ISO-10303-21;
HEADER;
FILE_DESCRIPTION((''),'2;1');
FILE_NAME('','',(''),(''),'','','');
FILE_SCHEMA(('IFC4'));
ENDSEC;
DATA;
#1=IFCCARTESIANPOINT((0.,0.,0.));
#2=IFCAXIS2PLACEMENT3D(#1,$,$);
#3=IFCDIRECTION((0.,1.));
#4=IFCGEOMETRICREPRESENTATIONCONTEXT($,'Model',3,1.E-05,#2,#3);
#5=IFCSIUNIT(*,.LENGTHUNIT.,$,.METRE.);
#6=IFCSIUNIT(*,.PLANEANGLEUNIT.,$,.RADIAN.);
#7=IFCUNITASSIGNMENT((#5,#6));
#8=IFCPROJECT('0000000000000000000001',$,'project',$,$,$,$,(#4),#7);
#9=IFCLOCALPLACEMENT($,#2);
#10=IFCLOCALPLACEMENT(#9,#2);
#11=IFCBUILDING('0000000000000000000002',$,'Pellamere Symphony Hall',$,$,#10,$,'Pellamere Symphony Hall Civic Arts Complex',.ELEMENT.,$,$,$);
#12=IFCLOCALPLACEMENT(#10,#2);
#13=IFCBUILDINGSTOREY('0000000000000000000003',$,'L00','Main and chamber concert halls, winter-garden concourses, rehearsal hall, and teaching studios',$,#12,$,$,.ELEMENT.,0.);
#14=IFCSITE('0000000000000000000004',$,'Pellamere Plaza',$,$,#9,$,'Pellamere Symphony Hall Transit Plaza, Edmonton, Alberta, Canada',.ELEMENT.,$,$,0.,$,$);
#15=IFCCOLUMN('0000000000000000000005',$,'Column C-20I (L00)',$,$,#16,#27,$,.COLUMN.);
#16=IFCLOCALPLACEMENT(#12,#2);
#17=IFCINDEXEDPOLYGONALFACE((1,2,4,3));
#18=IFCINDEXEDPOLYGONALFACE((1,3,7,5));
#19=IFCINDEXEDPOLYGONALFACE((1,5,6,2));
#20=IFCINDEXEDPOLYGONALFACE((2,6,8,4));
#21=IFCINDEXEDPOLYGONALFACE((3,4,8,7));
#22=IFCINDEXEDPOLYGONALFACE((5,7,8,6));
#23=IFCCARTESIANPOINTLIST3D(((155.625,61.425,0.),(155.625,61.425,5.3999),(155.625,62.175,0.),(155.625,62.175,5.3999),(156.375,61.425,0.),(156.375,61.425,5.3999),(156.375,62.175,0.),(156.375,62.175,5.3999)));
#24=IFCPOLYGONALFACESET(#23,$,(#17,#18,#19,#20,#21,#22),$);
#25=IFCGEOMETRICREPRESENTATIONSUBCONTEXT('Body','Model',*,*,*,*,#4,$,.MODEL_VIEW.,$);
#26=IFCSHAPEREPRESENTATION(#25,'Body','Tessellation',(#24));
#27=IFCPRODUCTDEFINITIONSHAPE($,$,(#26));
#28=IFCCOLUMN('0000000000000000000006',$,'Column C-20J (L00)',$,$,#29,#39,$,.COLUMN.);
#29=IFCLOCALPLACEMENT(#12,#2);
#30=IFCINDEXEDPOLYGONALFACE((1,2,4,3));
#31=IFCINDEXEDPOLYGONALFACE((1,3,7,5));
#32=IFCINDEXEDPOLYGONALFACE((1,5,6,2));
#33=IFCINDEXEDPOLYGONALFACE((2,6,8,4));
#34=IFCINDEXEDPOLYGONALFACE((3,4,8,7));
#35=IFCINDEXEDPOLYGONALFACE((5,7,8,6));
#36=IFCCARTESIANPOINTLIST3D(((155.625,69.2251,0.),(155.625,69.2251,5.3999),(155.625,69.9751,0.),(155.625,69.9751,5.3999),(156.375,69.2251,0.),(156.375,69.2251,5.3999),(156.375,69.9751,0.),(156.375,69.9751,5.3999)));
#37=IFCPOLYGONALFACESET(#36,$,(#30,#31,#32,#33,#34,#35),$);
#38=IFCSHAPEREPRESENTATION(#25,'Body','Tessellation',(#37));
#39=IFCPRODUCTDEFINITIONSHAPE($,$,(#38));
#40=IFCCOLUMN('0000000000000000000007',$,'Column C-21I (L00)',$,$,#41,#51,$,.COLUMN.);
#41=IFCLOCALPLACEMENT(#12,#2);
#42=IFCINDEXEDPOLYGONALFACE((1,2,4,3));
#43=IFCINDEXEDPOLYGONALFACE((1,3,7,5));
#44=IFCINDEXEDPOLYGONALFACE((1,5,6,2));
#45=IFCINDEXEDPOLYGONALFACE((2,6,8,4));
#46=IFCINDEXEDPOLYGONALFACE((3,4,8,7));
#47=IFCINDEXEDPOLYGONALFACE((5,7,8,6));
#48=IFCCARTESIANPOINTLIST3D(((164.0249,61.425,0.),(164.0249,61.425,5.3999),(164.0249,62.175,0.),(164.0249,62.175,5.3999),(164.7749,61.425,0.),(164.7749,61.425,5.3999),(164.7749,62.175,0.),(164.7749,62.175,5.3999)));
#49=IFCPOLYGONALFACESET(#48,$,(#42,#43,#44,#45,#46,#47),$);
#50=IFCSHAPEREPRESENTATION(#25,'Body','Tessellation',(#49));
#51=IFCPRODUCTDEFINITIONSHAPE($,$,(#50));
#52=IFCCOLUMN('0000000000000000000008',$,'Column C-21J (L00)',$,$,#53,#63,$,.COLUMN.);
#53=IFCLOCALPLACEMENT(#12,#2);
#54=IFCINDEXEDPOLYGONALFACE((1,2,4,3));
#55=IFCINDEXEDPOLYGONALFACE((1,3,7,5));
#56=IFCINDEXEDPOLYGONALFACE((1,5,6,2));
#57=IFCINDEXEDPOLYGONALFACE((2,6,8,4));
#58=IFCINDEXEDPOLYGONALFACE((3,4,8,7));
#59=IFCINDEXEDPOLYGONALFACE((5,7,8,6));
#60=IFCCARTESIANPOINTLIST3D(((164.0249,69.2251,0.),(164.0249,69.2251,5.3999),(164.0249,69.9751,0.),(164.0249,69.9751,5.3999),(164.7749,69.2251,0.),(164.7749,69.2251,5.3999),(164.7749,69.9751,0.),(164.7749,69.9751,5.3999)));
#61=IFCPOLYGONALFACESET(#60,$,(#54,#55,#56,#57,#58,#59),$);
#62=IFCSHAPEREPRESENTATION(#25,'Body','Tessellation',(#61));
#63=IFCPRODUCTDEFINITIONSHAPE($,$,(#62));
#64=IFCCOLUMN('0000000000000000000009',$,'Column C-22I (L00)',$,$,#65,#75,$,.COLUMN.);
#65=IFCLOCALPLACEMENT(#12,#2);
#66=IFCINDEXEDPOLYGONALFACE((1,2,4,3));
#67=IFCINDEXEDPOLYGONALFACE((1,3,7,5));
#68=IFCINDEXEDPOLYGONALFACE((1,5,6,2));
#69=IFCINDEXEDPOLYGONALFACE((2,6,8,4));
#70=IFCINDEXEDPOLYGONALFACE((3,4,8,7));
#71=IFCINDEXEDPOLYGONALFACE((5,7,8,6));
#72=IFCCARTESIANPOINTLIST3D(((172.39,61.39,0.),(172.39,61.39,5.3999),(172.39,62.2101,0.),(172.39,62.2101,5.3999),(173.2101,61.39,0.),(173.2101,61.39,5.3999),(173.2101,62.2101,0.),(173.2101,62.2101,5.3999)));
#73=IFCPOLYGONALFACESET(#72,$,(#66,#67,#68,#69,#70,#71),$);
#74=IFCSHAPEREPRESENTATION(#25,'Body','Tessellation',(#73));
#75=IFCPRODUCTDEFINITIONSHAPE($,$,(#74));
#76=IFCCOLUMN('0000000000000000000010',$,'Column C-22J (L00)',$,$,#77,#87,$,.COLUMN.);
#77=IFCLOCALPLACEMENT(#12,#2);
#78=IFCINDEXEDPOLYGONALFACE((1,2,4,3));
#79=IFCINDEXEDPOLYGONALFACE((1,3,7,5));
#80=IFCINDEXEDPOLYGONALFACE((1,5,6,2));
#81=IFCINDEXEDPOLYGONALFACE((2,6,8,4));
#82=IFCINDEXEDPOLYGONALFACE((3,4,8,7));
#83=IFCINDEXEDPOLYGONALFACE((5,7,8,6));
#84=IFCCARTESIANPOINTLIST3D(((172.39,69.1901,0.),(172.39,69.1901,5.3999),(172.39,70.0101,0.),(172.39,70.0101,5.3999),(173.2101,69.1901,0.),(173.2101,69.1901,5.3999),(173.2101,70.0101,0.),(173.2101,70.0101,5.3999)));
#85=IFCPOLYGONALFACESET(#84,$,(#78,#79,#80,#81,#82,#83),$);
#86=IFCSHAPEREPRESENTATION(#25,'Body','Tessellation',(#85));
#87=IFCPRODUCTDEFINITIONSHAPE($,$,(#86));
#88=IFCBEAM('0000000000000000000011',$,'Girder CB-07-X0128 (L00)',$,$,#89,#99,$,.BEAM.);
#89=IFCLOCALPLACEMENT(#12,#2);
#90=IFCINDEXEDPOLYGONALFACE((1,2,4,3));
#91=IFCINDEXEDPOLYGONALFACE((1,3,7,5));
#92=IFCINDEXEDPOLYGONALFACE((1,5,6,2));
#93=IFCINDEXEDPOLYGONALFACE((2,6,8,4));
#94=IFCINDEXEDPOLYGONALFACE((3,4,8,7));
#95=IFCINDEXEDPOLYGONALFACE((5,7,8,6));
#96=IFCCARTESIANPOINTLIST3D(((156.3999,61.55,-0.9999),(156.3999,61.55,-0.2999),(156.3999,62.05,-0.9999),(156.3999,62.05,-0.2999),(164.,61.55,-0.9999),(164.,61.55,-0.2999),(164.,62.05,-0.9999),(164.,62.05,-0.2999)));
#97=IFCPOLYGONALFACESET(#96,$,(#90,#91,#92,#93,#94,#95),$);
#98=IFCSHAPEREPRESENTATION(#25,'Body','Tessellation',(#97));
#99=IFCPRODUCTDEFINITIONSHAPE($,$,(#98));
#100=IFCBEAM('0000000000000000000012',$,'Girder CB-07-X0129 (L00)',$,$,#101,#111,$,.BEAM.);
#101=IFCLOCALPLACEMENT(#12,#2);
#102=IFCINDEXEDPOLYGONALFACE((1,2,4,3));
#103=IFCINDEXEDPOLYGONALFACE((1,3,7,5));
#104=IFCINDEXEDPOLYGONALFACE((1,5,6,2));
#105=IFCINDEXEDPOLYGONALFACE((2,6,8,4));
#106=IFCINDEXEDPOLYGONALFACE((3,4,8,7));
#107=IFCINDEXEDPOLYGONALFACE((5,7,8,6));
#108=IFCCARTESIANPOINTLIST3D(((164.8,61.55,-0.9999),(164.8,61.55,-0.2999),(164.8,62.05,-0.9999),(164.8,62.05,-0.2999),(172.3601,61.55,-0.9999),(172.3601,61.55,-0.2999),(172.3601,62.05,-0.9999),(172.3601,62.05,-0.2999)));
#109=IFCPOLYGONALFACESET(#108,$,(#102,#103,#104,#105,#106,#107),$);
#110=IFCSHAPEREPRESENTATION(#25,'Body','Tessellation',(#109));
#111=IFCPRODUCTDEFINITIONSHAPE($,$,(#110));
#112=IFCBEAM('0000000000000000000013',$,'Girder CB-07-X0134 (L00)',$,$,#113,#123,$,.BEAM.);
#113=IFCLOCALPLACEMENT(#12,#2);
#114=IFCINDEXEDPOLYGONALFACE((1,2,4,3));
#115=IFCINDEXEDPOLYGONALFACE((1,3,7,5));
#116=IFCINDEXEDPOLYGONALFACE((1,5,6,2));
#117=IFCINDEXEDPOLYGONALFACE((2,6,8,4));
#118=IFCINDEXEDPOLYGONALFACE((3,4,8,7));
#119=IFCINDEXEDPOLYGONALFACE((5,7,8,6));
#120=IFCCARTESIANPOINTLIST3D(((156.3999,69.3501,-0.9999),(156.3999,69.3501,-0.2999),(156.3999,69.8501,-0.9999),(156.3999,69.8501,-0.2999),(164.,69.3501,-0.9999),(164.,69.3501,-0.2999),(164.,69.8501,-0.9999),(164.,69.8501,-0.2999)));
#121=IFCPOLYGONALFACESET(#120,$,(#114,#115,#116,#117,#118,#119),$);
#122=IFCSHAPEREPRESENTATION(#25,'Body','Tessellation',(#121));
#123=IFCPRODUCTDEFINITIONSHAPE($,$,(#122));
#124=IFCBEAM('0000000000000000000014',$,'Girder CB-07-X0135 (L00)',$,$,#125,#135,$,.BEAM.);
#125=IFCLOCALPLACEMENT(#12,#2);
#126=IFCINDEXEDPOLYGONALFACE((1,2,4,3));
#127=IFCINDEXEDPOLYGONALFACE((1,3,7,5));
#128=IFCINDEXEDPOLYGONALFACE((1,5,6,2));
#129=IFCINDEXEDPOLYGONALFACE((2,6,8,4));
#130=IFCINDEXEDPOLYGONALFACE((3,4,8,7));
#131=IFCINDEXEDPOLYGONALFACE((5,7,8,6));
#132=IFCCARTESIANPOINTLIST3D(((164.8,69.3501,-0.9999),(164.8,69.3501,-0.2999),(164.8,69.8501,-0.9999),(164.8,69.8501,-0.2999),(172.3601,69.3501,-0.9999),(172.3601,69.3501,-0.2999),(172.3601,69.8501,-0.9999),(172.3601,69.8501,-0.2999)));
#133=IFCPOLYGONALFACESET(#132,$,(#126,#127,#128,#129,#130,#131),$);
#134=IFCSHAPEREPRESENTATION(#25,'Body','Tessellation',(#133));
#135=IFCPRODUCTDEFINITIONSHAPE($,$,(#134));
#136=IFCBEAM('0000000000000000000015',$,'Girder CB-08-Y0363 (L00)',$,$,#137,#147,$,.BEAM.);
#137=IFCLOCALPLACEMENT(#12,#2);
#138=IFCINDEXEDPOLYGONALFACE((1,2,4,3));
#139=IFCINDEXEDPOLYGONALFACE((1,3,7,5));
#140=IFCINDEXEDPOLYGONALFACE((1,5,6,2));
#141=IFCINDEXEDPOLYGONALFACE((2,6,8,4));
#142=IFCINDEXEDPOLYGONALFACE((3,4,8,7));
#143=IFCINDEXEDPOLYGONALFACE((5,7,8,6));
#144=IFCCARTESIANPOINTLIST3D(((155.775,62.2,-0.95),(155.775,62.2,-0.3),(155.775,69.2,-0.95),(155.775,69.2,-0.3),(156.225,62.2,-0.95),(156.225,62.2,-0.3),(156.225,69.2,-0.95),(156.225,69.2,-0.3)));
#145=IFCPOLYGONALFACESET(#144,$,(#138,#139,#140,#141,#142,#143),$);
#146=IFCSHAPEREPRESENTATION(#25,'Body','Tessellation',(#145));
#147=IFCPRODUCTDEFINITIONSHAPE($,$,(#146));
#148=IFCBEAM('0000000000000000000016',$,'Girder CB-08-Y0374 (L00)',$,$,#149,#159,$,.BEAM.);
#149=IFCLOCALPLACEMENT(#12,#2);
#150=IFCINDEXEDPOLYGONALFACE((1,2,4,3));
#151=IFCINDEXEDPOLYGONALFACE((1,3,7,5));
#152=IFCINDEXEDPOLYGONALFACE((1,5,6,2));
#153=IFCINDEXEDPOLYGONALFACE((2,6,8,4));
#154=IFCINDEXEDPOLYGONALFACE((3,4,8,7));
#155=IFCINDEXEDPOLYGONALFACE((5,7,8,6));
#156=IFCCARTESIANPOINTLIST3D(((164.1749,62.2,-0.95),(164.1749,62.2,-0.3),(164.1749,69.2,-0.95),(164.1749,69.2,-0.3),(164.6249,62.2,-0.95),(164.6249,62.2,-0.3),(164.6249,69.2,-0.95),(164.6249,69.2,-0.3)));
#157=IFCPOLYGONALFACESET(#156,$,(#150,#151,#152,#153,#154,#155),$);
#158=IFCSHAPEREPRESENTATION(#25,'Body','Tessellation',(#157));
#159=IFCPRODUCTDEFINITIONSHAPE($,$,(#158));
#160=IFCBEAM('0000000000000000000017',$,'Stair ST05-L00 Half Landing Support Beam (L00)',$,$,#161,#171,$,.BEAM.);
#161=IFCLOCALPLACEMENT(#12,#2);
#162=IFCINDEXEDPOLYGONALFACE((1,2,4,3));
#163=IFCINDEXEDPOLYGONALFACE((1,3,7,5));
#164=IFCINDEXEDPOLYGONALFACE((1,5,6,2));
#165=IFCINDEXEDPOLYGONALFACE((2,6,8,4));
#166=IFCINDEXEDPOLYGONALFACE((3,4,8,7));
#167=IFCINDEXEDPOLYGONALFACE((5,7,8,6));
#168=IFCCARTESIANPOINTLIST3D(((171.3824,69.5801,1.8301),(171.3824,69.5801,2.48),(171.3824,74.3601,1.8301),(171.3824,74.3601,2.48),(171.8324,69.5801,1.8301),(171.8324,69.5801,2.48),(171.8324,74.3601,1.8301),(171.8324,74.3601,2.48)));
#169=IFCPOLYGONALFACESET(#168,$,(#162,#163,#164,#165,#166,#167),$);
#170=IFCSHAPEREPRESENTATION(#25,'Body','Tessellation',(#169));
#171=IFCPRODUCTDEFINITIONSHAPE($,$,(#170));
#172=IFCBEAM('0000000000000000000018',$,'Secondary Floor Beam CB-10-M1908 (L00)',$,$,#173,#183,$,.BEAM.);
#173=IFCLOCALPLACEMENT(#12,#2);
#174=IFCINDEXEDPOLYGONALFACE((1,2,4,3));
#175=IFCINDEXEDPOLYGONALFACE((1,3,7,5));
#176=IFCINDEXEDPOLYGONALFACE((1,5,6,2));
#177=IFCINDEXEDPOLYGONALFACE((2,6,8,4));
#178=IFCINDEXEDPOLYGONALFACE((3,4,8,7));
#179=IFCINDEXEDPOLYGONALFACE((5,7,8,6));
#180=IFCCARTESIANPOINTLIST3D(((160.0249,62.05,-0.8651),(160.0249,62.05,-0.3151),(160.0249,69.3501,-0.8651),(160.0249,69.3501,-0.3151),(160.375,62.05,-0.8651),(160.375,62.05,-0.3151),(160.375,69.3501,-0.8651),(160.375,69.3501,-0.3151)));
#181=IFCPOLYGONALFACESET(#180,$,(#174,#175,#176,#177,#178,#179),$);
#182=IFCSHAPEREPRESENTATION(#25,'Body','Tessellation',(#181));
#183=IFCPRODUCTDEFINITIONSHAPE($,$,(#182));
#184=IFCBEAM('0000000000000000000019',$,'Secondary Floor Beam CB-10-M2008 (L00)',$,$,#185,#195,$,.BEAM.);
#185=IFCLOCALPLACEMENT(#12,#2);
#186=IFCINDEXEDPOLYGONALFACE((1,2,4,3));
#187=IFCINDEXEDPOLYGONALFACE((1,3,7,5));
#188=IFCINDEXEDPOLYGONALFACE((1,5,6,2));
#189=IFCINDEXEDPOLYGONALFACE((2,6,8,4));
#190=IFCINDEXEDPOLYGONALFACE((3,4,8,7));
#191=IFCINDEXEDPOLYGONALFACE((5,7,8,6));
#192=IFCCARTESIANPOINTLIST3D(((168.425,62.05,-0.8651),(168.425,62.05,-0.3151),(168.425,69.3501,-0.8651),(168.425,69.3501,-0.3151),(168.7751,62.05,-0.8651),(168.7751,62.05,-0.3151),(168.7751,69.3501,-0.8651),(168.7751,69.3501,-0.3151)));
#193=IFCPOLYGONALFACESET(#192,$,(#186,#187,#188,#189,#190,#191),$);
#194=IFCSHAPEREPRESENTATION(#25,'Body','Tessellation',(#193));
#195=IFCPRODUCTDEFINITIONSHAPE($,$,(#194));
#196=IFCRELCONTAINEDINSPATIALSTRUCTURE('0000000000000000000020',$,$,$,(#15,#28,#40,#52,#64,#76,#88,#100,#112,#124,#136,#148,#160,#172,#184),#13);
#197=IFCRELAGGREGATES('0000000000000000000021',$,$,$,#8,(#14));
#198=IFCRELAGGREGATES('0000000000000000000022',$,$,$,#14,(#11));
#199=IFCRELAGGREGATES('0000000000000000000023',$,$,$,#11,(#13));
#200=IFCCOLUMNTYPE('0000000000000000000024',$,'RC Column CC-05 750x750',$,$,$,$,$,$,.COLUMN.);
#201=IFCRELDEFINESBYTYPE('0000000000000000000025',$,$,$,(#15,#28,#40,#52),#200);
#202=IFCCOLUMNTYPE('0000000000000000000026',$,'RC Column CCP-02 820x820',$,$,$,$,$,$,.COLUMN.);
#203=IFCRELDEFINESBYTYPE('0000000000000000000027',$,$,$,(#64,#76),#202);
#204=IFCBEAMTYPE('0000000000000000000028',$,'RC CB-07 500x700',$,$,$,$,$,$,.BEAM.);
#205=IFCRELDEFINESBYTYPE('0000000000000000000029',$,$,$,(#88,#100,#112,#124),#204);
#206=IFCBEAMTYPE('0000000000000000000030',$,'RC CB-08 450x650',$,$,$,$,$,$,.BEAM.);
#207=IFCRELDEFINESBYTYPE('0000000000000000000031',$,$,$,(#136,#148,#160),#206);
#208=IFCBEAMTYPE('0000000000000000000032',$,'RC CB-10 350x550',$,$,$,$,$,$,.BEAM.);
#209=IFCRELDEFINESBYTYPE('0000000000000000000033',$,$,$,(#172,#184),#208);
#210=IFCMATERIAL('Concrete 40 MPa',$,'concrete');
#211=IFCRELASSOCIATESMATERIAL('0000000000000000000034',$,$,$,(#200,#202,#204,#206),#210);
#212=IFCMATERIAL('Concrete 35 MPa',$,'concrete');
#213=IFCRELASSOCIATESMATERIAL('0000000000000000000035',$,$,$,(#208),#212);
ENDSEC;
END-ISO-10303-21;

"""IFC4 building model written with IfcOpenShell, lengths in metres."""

from ifc_helpers import new_model, si_unit, direction, frame, origin, origin_2d, place, context, subcontext, project, spatial, rectangle, extrude, material, material_profile, profile_set, type_object, element, save


model = new_model("IFC4")

# Units and contexts
model_context = context("Model", 3, precision=1e-05, world=origin(), true_north=direction((0.0, 1.0)))
body_context = subcontext(model_context, "Body", "Model", "MODEL_VIEW")
ifc_project = project(units=[si_unit("LENGTHUNIT", "METRE"), si_unit("PLANEANGLEUNIT", "RADIAN")], contexts=[model_context])

# Site, building, storey
site_placement = place(None, origin())
site = spatial("IfcSite", under=ifc_project, at=site_placement, Name="Pellamere Plaza", LongName="Pellamere Symphony Hall Transit Plaza, Edmonton, Alberta, Canada", CompositionType="ELEMENT", RefElevation=0.0)
building_placement = place(site_placement, origin())
building = spatial("IfcBuilding", under=site, at=building_placement, Name="Pellamere Symphony Hall", LongName="Pellamere Symphony Hall Civic Arts Complex", CompositionType="ELEMENT")
storey_placement = place(building_placement, origin())
storey = spatial("IfcBuildingStorey", under=building, at=storey_placement, Name="L00", Description="Main and chamber concert halls, winter-garden concourses, rehearsal hall, and teaching studios", CompositionType="ELEMENT", Elevation=0.0)

# Columns
ifc_material_1 = material(Name="Concrete 40 MPa", Category="concrete")
ifc_material_profile_1 = material_profile(ifc_material_1, rectangle(XDim=0.75, YDim=0.75, at=origin_2d()), Name="RC 750x750")
ifc_profile_set_1 = profile_set([ifc_material_profile_1], Name="Concrete 40 MPa")
column_type_1 = type_object("IfcColumnType", Name="RC Column CC-05 750x750", PredefinedType="COLUMN", material=ifc_profile_set_1)
for number, where, z_axis, x_axis, name in (
    (1, (156.0, 61.8, 0.0), (0.0, 0.0, 1.0), (1.0, 0.0, 0.0), "Column C-20I (L00)"),
    (2, (156.0, 69.6001, 0.0), (0.0, 0.0, 1.0), (1.0, 0.0, 0.0), "Column C-20J (L00)"),
    (3, (164.3999, 61.8, 0.0), (0.0, 0.0, 1.0), (1.0, 0.0, 0.0), "Column C-21I (L00)"),
    (4, (164.3999, 69.6001, 0.0), (0.0, 0.0, 1.0), (1.0, 0.0, 0.0), "Column C-21J (L00)"),
):
    element("IfcColumn", number, at=place(storey_placement, frame(where, z_axis=z_axis, x_axis=x_axis)), inside=storey, type_object=column_type_1, Name=name, PredefinedType="COLUMN", context=body_context, shape_type="SweptSolid", body=[
        extrude(rectangle(XDim=0.75, YDim=0.75, at=origin_2d()), origin(), (0.0, 0.0, 1.0), 5.3999),
    ])
ifc_material_profile_2 = material_profile(ifc_material_1, rectangle(XDim=0.8201, YDim=0.8201, at=origin_2d()), Name="RC 820x820")
ifc_profile_set_2 = profile_set([ifc_material_profile_2], Name="Concrete 40 MPa")
column_type_2 = type_object("IfcColumnType", Name="RC Column CCP-02 820x820", PredefinedType="COLUMN", material=ifc_profile_set_2)
for number, where, z_axis, x_axis, name in (
    (5, (172.8, 61.8, 0.0), (0.0, 0.0, 1.0), (1.0, 0.0, 0.0), "Column C-22I (L00)"),
    (6, (172.8, 69.6001, 0.0), (0.0, 0.0, 1.0), (1.0, 0.0, 0.0), "Column C-22J (L00)"),
):
    element("IfcColumn", number, at=place(storey_placement, frame(where, z_axis=z_axis, x_axis=x_axis)), inside=storey, type_object=column_type_2, Name=name, PredefinedType="COLUMN", context=body_context, shape_type="SweptSolid", body=[
        extrude(rectangle(XDim=0.8201, YDim=0.8201, at=origin_2d()), origin(), (0.0, 0.0, 1.0), 5.3999),
    ])

# Beams
ifc_material_profile_3 = material_profile(ifc_material_1, rectangle(XDim=0.5, YDim=0.7, at=origin_2d()), Name="RC 500x700")
ifc_profile_set_3 = profile_set([ifc_material_profile_3], Name="Concrete 40 MPa")
beam_type_1 = type_object("IfcBeamType", Name="RC CB-07 500x700", PredefinedType="BEAM", material=ifc_profile_set_3)
beam_1_placement = place(storey_placement, frame((156.3999, 61.8, -0.6499), z_axis=(1.0, 0.0, 0.0), x_axis=(0.0, 1.0, 0.0)))
element("IfcBeam", 7, at=beam_1_placement, inside=storey, type_object=beam_type_1, Name="Girder CB-07-X0128 (L00)", PredefinedType="BEAM", context=body_context, shape_type="SweptSolid", body=[
    extrude(rectangle(XDim=0.5, YDim=0.7, at=origin_2d()), origin(), (0.0, 0.0, 1.0), 7.6001),
])
beam_2_placement = place(storey_placement, frame((164.8, 61.8, -0.6499), z_axis=(1.0, 0.0, 0.0), x_axis=(0.0, 1.0, 0.0)))
element("IfcBeam", 8, at=beam_2_placement, inside=storey, type_object=beam_type_1, Name="Girder CB-07-X0129 (L00)", PredefinedType="BEAM", context=body_context, shape_type="SweptSolid", body=[
    extrude(rectangle(XDim=0.5, YDim=0.7, at=origin_2d()), origin(), (0.0, 0.0, 1.0), 7.5601),
])
beam_3_placement = place(storey_placement, frame((156.3999, 69.6001, -0.6499), z_axis=(1.0, 0.0, 0.0), x_axis=(0.0, 1.0, 0.0)))
element("IfcBeam", 9, at=beam_3_placement, inside=storey, type_object=beam_type_1, Name="Girder CB-07-X0134 (L00)", PredefinedType="BEAM", context=body_context, shape_type="SweptSolid", body=[
    extrude(rectangle(XDim=0.5, YDim=0.7, at=origin_2d()), origin(), (0.0, 0.0, 1.0), 7.6001),
])
beam_4_placement = place(storey_placement, frame((164.8, 69.6001, -0.6499), z_axis=(1.0, 0.0, 0.0), x_axis=(0.0, 1.0, 0.0)))
element("IfcBeam", 10, at=beam_4_placement, inside=storey, type_object=beam_type_1, Name="Girder CB-07-X0135 (L00)", PredefinedType="BEAM", context=body_context, shape_type="SweptSolid", body=[
    extrude(rectangle(XDim=0.5, YDim=0.7, at=origin_2d()), origin(), (0.0, 0.0, 1.0), 7.5601),
])
ifc_material_profile_4 = material_profile(ifc_material_1, rectangle(XDim=0.45, YDim=0.6499, at=origin_2d()), Name="RC 450x650")
ifc_profile_set_4 = profile_set([ifc_material_profile_4], Name="Concrete 40 MPa")
beam_type_2 = type_object("IfcBeamType", Name="RC CB-08 450x650", PredefinedType="BEAM", material=ifc_profile_set_4)
for number, where, z_axis, x_axis, name in (
    (11, (156.0, 62.2, -0.625), (0.0, 1.0, 0.0), (-1.0, 0.0, 0.0), "Girder CB-08-Y0363 (L00)"),
    (12, (164.3999, 62.2, -0.625), (0.0, 1.0, 0.0), (-1.0, 0.0, 0.0), "Girder CB-08-Y0374 (L00)"),
):
    element("IfcBeam", number, at=place(storey_placement, frame(where, z_axis=z_axis, x_axis=x_axis)), inside=storey, type_object=beam_type_2, Name=name, PredefinedType="BEAM", context=body_context, shape_type="SweptSolid", body=[
        extrude(rectangle(XDim=0.45, YDim=0.6499, at=origin_2d()), origin(), (0.0, 0.0, 1.0), 7.0),
    ])
beam_5_placement = place(storey_placement, frame((171.6074, 69.5801, 2.155), z_axis=(0.0, 1.0, 0.0), x_axis=(-1.0, 0.0, 0.0)))
element("IfcBeam", 13, at=beam_5_placement, inside=storey, type_object=beam_type_2, Name="Stair ST05-L00 Half Landing Support Beam (L00)", PredefinedType="BEAM", context=body_context, shape_type="SweptSolid", body=[
    extrude(rectangle(XDim=0.45, YDim=0.6499, at=origin_2d()), origin(), (0.0, 0.0, 1.0), 4.78),
])
ifc_material_2 = material(Name="Concrete 35 MPa", Category="concrete")
ifc_material_profile_5 = material_profile(ifc_material_2, rectangle(XDim=0.3501, YDim=0.55, at=origin_2d()), Name="RC 350x550")
ifc_profile_set_5 = profile_set([ifc_material_profile_5], Name="Concrete 35 MPa")
beam_type_3 = type_object("IfcBeamType", Name="RC CB-10 350x550", PredefinedType="BEAM", material=ifc_profile_set_5)
for number, where, z_axis, x_axis, name in (
    (14, (160.2, 62.05, -0.5901), (0.0, 1.0, 0.0), (-1.0, 0.0, 0.0), "Secondary Floor Beam CB-10-M1908 (L00)"),
    (15, (168.6001, 62.05, -0.5901), (0.0, 1.0, 0.0), (-1.0, 0.0, 0.0), "Secondary Floor Beam CB-10-M2008 (L00)"),
):
    element("IfcBeam", number, at=place(storey_placement, frame(where, z_axis=z_axis, x_axis=x_axis)), inside=storey, type_object=beam_type_3, Name=name, PredefinedType="BEAM", context=body_context, shape_type="SweptSolid", body=[
        extrude(rectangle(XDim=0.3501, YDim=0.55, at=origin_2d()), origin(), (0.0, 0.0, 1.0), 7.3),
    ])

save(model, "model.ifc")
